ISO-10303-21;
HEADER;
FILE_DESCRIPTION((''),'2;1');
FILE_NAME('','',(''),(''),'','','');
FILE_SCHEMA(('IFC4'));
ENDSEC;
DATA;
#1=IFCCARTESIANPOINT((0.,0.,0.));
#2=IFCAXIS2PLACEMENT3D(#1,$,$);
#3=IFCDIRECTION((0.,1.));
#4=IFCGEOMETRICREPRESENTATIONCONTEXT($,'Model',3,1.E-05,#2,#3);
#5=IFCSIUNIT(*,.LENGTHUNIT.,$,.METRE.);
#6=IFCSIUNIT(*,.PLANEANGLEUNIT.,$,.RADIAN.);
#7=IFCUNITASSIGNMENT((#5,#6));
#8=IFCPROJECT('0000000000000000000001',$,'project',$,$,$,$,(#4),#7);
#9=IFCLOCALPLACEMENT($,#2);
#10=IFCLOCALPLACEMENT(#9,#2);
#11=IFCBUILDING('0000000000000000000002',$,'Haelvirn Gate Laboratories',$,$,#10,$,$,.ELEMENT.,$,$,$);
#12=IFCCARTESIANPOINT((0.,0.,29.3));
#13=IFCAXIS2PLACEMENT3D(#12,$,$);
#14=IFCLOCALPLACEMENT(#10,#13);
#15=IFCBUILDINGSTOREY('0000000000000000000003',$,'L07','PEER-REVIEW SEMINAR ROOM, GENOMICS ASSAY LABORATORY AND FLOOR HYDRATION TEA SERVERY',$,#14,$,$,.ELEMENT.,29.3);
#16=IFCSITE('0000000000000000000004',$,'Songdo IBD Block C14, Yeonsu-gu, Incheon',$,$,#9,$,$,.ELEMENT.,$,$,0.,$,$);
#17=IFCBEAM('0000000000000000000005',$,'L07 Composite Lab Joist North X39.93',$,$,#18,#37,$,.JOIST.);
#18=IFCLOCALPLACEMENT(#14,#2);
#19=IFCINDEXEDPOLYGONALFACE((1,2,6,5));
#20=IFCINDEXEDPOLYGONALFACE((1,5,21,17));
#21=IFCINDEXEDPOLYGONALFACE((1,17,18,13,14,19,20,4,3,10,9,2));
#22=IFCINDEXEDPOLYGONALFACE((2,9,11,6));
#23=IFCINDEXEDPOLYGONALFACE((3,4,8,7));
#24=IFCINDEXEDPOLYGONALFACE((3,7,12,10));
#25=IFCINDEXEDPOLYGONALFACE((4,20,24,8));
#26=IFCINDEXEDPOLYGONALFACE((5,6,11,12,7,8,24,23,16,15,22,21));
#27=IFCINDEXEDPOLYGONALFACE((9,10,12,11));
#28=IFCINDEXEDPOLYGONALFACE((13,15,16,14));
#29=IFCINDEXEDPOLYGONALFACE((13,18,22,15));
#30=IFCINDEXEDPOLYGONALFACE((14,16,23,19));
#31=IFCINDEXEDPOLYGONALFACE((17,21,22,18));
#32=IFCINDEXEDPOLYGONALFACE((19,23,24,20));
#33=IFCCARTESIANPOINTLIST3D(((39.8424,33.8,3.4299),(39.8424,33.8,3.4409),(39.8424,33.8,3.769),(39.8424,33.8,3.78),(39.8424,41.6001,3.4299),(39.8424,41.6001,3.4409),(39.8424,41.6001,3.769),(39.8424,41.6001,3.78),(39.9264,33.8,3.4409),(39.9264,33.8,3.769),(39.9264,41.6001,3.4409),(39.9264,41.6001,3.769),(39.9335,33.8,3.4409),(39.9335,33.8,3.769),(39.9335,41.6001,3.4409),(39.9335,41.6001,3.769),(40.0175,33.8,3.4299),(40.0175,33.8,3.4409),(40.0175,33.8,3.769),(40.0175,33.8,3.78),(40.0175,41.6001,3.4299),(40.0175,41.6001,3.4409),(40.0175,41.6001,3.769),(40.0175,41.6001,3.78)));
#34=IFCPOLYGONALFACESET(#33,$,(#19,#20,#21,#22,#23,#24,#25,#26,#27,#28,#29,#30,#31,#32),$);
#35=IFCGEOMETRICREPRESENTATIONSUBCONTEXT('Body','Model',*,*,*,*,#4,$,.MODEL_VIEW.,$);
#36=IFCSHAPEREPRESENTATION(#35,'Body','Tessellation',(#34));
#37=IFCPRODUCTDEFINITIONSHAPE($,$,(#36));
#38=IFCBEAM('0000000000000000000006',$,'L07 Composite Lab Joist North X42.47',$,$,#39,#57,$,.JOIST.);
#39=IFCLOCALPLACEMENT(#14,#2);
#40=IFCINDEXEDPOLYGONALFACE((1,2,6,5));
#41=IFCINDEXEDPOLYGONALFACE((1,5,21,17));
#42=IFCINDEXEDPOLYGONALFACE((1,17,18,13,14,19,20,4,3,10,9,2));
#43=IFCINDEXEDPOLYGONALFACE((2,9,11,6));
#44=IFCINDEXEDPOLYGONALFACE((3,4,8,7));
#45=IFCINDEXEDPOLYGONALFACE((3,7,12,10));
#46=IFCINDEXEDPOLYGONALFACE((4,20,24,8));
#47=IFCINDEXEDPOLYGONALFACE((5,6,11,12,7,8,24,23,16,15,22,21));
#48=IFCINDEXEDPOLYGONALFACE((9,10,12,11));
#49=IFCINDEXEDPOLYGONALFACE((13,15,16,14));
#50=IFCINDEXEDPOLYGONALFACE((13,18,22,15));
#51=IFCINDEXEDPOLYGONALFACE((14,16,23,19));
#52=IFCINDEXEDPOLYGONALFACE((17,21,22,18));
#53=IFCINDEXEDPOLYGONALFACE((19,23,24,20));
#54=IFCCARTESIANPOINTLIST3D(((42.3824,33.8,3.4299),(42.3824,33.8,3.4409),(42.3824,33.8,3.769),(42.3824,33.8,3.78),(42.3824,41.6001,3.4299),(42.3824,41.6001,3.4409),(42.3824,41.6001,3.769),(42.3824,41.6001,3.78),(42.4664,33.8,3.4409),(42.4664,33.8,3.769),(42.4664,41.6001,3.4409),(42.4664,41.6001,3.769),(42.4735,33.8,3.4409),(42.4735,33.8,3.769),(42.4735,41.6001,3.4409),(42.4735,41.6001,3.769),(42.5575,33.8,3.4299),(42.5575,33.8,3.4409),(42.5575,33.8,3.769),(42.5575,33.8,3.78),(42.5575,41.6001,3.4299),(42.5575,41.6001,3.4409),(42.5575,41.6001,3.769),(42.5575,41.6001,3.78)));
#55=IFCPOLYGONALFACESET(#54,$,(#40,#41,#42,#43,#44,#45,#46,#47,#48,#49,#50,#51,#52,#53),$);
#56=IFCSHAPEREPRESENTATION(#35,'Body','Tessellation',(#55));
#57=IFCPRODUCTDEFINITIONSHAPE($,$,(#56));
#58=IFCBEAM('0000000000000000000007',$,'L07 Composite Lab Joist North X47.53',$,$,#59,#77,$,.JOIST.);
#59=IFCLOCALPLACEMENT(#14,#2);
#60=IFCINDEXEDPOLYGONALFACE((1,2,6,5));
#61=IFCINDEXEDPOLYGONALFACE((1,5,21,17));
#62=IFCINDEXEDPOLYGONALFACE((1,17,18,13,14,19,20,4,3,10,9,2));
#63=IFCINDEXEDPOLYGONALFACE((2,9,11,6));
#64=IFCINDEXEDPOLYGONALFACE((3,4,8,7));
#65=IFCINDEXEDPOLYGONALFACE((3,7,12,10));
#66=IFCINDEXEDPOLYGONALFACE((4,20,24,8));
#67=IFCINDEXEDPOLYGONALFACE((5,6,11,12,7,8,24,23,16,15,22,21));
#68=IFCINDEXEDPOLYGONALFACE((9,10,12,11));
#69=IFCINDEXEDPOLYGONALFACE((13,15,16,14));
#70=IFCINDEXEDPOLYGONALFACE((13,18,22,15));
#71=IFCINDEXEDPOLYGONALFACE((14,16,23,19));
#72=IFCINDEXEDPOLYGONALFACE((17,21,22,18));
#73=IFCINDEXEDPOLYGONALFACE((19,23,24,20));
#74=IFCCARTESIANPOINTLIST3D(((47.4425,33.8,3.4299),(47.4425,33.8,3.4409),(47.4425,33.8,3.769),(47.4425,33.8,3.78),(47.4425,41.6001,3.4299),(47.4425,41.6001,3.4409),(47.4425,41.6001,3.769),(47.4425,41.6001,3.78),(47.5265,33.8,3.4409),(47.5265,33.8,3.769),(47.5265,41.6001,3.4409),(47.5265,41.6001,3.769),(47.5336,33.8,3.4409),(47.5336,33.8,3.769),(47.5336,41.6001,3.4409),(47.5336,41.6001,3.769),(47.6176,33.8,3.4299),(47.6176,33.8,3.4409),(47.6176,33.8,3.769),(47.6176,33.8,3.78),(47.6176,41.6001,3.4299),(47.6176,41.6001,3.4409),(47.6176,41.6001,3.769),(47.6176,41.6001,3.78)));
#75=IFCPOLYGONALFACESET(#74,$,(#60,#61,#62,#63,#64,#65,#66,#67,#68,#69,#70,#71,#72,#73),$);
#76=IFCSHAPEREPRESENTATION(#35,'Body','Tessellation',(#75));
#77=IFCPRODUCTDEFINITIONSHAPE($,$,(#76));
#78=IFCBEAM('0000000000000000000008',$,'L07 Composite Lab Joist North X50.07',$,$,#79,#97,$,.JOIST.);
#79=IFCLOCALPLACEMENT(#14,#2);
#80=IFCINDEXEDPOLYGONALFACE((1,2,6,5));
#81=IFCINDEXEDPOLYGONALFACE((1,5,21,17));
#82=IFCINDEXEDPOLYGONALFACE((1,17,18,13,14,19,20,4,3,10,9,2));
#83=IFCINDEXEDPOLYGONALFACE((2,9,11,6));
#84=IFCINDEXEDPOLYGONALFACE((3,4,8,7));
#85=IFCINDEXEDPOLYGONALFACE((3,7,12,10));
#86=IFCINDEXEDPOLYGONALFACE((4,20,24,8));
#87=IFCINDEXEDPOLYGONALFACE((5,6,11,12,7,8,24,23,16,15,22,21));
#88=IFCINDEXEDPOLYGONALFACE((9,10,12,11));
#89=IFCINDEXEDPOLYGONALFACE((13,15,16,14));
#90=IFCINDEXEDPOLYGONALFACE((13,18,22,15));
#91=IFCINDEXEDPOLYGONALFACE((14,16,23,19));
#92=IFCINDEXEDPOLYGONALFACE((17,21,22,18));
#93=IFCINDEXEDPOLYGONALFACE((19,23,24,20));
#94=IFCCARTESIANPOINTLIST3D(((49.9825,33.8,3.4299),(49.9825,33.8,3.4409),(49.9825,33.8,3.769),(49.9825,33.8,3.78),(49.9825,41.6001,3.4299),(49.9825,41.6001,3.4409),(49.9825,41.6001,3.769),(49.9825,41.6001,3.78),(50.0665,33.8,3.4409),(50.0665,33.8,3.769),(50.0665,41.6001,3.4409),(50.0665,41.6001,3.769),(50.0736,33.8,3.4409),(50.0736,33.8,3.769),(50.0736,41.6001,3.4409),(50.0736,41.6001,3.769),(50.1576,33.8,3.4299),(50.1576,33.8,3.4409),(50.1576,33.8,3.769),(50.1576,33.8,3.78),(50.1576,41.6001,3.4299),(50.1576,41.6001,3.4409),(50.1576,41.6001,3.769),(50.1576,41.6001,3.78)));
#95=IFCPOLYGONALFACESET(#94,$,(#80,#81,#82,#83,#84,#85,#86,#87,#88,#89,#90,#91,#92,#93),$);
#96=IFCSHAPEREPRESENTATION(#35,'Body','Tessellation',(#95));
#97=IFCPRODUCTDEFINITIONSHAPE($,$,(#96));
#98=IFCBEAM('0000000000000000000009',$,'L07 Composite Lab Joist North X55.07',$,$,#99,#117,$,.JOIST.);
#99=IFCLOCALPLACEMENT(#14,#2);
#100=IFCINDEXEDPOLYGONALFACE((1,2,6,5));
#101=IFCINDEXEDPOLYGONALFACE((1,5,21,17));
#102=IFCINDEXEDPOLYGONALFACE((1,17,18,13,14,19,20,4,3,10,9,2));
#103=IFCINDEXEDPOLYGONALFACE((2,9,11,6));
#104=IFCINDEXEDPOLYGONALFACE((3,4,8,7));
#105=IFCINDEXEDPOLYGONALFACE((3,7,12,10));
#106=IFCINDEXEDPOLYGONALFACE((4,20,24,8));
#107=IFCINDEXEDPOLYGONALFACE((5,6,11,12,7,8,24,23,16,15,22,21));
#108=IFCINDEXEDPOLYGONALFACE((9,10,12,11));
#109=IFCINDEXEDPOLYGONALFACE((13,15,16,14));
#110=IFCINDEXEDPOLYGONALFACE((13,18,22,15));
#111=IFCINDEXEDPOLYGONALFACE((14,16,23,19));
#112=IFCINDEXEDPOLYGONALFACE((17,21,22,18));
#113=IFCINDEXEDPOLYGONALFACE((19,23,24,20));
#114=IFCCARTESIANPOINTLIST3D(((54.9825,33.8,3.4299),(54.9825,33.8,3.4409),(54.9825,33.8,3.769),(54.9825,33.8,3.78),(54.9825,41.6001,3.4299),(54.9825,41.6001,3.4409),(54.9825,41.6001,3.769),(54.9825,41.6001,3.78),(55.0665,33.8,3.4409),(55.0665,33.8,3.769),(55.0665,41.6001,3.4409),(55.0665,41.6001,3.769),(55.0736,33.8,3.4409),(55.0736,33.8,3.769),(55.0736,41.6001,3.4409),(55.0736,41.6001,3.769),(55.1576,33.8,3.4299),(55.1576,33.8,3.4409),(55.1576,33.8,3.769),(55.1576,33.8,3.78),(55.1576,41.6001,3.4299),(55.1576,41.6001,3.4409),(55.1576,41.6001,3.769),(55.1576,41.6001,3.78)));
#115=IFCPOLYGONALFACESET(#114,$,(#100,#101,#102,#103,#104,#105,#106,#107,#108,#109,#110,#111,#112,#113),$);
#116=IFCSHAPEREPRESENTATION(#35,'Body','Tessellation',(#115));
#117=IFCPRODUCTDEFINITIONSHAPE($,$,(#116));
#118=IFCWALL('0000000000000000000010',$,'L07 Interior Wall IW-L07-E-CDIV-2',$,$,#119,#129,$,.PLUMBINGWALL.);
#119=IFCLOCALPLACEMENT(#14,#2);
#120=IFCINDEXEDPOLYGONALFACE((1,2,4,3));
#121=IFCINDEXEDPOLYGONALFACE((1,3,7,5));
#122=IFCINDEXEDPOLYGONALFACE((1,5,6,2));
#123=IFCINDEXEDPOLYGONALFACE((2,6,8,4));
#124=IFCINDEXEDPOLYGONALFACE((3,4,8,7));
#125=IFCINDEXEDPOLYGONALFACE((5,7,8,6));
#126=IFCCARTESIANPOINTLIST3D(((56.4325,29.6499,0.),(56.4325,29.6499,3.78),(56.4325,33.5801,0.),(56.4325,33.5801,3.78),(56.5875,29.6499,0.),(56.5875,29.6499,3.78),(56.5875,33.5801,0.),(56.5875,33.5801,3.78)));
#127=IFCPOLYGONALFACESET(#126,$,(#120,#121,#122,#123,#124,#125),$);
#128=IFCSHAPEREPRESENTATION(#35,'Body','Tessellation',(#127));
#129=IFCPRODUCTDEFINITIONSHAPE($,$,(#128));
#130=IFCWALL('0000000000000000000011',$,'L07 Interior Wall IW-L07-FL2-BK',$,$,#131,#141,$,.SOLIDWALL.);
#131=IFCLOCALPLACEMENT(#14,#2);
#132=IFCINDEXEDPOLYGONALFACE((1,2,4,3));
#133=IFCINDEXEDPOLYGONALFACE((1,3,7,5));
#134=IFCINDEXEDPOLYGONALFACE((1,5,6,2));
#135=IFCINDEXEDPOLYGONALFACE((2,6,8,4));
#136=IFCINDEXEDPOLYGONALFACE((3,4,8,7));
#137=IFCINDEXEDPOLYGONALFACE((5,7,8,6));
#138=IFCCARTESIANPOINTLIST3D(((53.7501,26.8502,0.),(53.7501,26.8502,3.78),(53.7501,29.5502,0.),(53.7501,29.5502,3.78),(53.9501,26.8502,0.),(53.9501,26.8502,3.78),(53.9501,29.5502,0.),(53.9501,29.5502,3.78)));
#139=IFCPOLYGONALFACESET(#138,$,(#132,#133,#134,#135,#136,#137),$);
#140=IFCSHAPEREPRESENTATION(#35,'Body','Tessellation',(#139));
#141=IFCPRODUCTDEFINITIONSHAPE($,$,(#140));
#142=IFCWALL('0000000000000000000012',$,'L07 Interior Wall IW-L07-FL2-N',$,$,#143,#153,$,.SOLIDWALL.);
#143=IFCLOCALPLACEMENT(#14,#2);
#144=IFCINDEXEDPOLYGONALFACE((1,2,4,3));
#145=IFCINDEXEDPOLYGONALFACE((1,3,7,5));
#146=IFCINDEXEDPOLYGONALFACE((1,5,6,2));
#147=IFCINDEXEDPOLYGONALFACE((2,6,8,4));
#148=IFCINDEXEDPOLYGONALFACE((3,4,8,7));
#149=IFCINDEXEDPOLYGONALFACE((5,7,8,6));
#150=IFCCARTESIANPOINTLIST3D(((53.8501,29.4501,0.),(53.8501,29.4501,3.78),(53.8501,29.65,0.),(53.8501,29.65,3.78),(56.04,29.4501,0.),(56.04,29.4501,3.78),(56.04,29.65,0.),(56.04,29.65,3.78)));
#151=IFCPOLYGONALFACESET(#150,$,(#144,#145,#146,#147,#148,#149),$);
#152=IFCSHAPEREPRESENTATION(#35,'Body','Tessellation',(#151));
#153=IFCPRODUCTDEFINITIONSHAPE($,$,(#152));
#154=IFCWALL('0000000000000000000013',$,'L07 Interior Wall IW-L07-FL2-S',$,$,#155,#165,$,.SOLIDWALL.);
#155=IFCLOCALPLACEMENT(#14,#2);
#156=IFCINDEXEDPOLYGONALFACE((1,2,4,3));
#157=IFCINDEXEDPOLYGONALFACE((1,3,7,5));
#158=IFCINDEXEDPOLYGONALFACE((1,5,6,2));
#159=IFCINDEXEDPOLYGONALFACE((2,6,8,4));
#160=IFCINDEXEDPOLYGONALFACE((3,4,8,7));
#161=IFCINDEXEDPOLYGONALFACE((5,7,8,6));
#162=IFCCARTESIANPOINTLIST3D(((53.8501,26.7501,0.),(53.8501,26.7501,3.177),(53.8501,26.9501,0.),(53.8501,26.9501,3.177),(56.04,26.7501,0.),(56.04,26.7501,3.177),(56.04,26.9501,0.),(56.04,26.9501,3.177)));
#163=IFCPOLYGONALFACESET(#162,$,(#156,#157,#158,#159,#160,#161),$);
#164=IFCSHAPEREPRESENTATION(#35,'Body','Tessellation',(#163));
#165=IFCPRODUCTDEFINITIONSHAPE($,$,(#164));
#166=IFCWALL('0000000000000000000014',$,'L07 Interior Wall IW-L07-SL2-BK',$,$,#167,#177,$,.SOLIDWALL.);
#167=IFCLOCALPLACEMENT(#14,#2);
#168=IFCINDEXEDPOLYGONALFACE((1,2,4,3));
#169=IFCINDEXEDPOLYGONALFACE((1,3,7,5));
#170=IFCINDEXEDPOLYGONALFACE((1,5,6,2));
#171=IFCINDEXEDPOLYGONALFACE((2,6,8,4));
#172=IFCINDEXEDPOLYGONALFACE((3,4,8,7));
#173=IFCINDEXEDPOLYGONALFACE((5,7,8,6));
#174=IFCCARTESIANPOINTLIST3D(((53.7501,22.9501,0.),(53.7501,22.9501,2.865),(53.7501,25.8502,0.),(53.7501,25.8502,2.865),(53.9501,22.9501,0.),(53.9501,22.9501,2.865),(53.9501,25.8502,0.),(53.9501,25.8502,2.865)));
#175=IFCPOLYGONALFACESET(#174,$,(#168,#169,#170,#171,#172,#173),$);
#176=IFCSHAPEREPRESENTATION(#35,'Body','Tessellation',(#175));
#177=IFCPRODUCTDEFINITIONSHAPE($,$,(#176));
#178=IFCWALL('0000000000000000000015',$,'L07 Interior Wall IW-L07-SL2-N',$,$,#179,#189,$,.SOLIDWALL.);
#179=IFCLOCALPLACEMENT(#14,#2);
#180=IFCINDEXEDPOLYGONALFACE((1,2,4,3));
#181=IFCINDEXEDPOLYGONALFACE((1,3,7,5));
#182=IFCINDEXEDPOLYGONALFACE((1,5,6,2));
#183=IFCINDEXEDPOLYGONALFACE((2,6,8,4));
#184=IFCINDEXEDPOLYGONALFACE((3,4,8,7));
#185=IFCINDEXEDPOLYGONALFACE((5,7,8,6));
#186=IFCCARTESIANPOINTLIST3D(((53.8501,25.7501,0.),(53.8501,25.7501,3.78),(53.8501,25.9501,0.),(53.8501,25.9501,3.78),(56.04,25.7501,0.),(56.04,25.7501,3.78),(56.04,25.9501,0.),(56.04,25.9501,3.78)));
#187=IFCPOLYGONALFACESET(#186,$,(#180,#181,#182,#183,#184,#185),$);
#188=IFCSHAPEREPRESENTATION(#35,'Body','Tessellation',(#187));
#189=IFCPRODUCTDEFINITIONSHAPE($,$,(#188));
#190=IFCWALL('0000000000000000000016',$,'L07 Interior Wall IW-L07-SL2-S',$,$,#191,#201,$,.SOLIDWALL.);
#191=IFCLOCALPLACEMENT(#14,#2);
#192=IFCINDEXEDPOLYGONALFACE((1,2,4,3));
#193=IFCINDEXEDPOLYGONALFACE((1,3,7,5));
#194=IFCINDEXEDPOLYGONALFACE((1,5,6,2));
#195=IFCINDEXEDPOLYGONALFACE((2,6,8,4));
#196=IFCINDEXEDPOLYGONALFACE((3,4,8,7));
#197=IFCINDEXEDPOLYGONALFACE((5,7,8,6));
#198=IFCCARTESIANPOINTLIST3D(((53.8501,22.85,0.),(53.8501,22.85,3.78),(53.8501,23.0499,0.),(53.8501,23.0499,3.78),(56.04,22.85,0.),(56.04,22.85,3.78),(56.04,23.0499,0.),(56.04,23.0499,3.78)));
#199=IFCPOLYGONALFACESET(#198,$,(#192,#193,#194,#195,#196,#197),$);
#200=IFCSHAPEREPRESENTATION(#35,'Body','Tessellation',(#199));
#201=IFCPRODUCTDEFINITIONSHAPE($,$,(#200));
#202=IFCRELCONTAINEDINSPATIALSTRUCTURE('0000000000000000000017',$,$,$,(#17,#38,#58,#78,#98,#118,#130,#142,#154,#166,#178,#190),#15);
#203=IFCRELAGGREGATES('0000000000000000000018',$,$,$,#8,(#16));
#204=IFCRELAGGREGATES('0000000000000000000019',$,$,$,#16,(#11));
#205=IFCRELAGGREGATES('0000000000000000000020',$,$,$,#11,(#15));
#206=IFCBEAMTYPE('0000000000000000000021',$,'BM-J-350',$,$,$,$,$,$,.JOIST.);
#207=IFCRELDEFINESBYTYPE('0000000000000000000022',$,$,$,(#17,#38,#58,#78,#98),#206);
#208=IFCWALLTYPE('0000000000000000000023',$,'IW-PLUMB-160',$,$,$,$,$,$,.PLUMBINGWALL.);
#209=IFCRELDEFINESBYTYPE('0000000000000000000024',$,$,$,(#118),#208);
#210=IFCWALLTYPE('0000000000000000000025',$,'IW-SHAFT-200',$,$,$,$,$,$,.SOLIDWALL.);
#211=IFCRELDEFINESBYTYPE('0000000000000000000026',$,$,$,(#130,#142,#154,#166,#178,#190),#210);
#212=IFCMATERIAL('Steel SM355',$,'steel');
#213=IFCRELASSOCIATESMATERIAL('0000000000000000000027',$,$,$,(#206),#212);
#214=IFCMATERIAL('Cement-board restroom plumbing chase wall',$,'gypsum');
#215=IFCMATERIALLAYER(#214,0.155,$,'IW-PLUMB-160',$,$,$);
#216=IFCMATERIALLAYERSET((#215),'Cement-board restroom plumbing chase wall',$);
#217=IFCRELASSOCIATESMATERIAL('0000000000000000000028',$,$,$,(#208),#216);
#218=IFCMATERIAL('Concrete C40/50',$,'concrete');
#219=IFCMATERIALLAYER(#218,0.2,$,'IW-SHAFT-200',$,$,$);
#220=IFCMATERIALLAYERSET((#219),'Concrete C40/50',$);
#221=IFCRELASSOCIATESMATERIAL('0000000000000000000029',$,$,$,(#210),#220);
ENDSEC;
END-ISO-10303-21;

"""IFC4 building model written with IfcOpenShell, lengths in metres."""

from ifc_helpers import new_model, si_unit, direction, frame, frame_2d, origin, origin_2d, place, context, subcontext, project, spatial, rectangle, i_section, extrude, source, transform, mapped, material, layer, layer_set, material_profile, profile_set, type_object, type_shapes, element, save


model = new_model("IFC4")

# Units and contexts
model_context = context("Model", 3, precision=1e-05, world=origin(), true_north=direction((0.0, 1.0)))
body_context = subcontext(model_context, "Body", "Model", "MODEL_VIEW")
ifc_project = project(units=[si_unit("LENGTHUNIT", "METRE"), si_unit("PLANEANGLEUNIT", "RADIAN")], contexts=[model_context])

# Site, building, storey
site_placement = place(None, origin())
site = spatial("IfcSite", under=ifc_project, at=site_placement, Name="Songdo IBD Block C14, Yeonsu-gu, Incheon", CompositionType="ELEMENT", RefElevation=0.0)
building_placement = place(site_placement, origin())
building = spatial("IfcBuilding", under=site, at=building_placement, Name="Haelvirn Gate Laboratories", CompositionType="ELEMENT")
storey_placement = place(building_placement, frame((0.0, 0.0, 29.3)))
storey = spatial("IfcBuildingStorey", under=building, at=storey_placement, Name="L07", Description="PEER-REVIEW SEMINAR ROOM, GENOMICS ASSAY LABORATORY AND FLOOR HYDRATION TEA SERVERY", CompositionType="ELEMENT", Elevation=29.3)

# Beams
ifc_material_1 = material(Name="Steel SM355", Category="steel")
ifc_material_profile_1 = material_profile(ifc_material_1, i_section(OverallWidth=0.175, OverallDepth=0.3501, WebThickness=0.0071, FlangeThickness=0.011, at=origin_2d()), Name="H-350x175x7x11")
ifc_profile_set_1 = profile_set([ifc_material_profile_1], Name="Steel SM355")
beam_type_1 = type_object("IfcBeamType", Name="BM-J-350", PredefinedType="JOIST", material=ifc_profile_set_1)
shared_shape_1 = source(origin(), body_context, "Body", "SweptSolid", [
    extrude(i_section(OverallWidth=0.175, OverallDepth=0.3501, WebThickness=0.0071, FlangeThickness=0.011, at=origin_2d()), origin(), (0.0, 0.0, 1.0), 7.8),
])
type_shapes(beam_type_1, [shared_shape_1])
for number, where, z_axis, x_axis, name in (
    (1, (39.9299, 33.8, 3.605), (0.0, 1.0, 0.0), (-1.0, 0.0, 0.0), "L07 Composite Lab Joist North X39.93"),
    (2, (42.47, 33.8, 3.605), (0.0, 1.0, 0.0), (-1.0, 0.0, 0.0), "L07 Composite Lab Joist North X42.47"),
    (3, (47.53, 33.8, 3.605), (0.0, 1.0, 0.0), (-1.0, 0.0, 0.0), "L07 Composite Lab Joist North X47.53"),
    (4, (50.0701, 33.8, 3.605), (0.0, 1.0, 0.0), (-1.0, 0.0, 0.0), "L07 Composite Lab Joist North X50.07"),
    (5, (55.0701, 33.8, 3.605), (0.0, 1.0, 0.0), (-1.0, 0.0, 0.0), "L07 Composite Lab Joist North X55.07"),
):
    element("IfcBeam", number, at=place(storey_placement, frame(where, z_axis=z_axis, x_axis=x_axis)), inside=storey, type_object=beam_type_1, Name=name, PredefinedType="JOIST", context=body_context, shape_type="MappedRepresentation", body=[
        mapped(shared_shape_1, transform((0.0, 0.0, 0.0), scale=1.0)),
    ])

# Walls
ifc_material_2 = material(Name="Cement-board restroom plumbing chase wall", Category="gypsum")
ifc_layer_1 = layer(ifc_material_2, 0.155, Name="IW-PLUMB-160")
ifc_layer_set_1 = layer_set([ifc_layer_1], Name="Cement-board restroom plumbing chase wall")
wall_type_1 = type_object("IfcWallType", Name="IW-PLUMB-160", PredefinedType="PLUMBINGWALL", material=ifc_layer_set_1)
wall_1_placement = place(storey_placement, frame((56.51, 29.6499, 0.0), z_axis=(0.0, 0.0, 1.0), x_axis=(0.0, 1.0, 0.0)))
element("IfcWall", 6, at=wall_1_placement, inside=storey, type_object=wall_type_1, Name="L07 Interior Wall IW-L07-E-CDIV-2", PredefinedType="PLUMBINGWALL", context=body_context, shape_type="SweptSolid", body=[
    extrude(rectangle(XDim=3.9302, YDim=0.155, at=frame_2d((1.9651, 0.0))), origin(), (0.0, 0.0, 1.0), 3.78),
])
ifc_material_3 = material(Name="Concrete C40/50", Category="concrete")
ifc_layer_2 = layer(ifc_material_3, 0.2, Name="IW-SHAFT-200")
ifc_layer_set_2 = layer_set([ifc_layer_2], Name="Concrete C40/50")
wall_type_2 = type_object("IfcWallType", Name="IW-SHAFT-200", PredefinedType="SOLIDWALL", material=ifc_layer_set_2)
wall_2_placement = place(storey_placement, frame((53.8501, 26.8501, 0.0), z_axis=(0.0, 0.0, 1.0), x_axis=(0.0, 1.0, 0.0)))
element("IfcWall", 7, at=wall_2_placement, inside=storey, type_object=wall_type_2, Name="L07 Interior Wall IW-L07-FL2-BK", PredefinedType="SOLIDWALL", context=body_context, shape_type="SweptSolid", body=[
    extrude(rectangle(XDim=2.7, YDim=0.2, at=frame_2d((1.3501, 0.0))), origin(), (0.0, 0.0, 1.0), 3.78),
])
wall_3_placement = place(storey_placement, frame((53.8501, 29.55, 0.0), z_axis=(0.0, 0.0, 1.0), x_axis=(1.0, 0.0, 0.0)))
element("IfcWall", 8, at=wall_3_placement, inside=storey, type_object=wall_type_2, Name="L07 Interior Wall IW-L07-FL2-N", PredefinedType="SOLIDWALL", context=body_context, shape_type="SweptSolid", body=[
    extrude(rectangle(XDim=2.1899, YDim=0.2, at=frame_2d((1.095, 0.0))), origin(), (0.0, 0.0, 1.0), 3.78),
])
wall_4_placement = place(storey_placement, frame((53.8501, 26.8501, 0.0), z_axis=(0.0, 0.0, 1.0), x_axis=(1.0, 0.0, 0.0)))
element("IfcWall", 9, at=wall_4_placement, inside=storey, type_object=wall_type_2, Name="L07 Interior Wall IW-L07-FL2-S", PredefinedType="SOLIDWALL", context=body_context, shape_type="SweptSolid", body=[
    extrude(rectangle(XDim=2.1899, YDim=0.2, at=frame_2d((1.095, 0.0))), origin(), (0.0, 0.0, 1.0), 3.177),
])
wall_5_placement = place(storey_placement, frame((53.8501, 22.95, 0.0), z_axis=(0.0, 0.0, 1.0), x_axis=(0.0, 1.0, 0.0)))
element("IfcWall", 10, at=wall_5_placement, inside=storey, type_object=wall_type_2, Name="L07 Interior Wall IW-L07-SL2-BK", PredefinedType="SOLIDWALL", context=body_context, shape_type="SweptSolid", body=[
    extrude(rectangle(XDim=2.9001, YDim=0.2, at=frame_2d((1.4502, 0.0))), origin(), (0.0, 0.0, 1.0), 2.865),
])
for number, where, z_axis, x_axis, name in (
    (11, (53.8501, 25.8501, 0.0), (0.0, 0.0, 1.0), (1.0, 0.0, 0.0), "L07 Interior Wall IW-L07-SL2-N"),
    (12, (53.8501, 22.95, 0.0), (0.0, 0.0, 1.0), (1.0, 0.0, 0.0), "L07 Interior Wall IW-L07-SL2-S"),
):
    element("IfcWall", number, at=place(storey_placement, frame(where, z_axis=z_axis, x_axis=x_axis)), inside=storey, type_object=wall_type_2, Name=name, PredefinedType="SOLIDWALL", context=body_context, shape_type="SweptSolid", body=[
        extrude(rectangle(XDim=2.1899, YDim=0.2, at=frame_2d((1.095, 0.0))), origin(), (0.0, 0.0, 1.0), 3.78),
    ])

save(model, "model.ifc")
